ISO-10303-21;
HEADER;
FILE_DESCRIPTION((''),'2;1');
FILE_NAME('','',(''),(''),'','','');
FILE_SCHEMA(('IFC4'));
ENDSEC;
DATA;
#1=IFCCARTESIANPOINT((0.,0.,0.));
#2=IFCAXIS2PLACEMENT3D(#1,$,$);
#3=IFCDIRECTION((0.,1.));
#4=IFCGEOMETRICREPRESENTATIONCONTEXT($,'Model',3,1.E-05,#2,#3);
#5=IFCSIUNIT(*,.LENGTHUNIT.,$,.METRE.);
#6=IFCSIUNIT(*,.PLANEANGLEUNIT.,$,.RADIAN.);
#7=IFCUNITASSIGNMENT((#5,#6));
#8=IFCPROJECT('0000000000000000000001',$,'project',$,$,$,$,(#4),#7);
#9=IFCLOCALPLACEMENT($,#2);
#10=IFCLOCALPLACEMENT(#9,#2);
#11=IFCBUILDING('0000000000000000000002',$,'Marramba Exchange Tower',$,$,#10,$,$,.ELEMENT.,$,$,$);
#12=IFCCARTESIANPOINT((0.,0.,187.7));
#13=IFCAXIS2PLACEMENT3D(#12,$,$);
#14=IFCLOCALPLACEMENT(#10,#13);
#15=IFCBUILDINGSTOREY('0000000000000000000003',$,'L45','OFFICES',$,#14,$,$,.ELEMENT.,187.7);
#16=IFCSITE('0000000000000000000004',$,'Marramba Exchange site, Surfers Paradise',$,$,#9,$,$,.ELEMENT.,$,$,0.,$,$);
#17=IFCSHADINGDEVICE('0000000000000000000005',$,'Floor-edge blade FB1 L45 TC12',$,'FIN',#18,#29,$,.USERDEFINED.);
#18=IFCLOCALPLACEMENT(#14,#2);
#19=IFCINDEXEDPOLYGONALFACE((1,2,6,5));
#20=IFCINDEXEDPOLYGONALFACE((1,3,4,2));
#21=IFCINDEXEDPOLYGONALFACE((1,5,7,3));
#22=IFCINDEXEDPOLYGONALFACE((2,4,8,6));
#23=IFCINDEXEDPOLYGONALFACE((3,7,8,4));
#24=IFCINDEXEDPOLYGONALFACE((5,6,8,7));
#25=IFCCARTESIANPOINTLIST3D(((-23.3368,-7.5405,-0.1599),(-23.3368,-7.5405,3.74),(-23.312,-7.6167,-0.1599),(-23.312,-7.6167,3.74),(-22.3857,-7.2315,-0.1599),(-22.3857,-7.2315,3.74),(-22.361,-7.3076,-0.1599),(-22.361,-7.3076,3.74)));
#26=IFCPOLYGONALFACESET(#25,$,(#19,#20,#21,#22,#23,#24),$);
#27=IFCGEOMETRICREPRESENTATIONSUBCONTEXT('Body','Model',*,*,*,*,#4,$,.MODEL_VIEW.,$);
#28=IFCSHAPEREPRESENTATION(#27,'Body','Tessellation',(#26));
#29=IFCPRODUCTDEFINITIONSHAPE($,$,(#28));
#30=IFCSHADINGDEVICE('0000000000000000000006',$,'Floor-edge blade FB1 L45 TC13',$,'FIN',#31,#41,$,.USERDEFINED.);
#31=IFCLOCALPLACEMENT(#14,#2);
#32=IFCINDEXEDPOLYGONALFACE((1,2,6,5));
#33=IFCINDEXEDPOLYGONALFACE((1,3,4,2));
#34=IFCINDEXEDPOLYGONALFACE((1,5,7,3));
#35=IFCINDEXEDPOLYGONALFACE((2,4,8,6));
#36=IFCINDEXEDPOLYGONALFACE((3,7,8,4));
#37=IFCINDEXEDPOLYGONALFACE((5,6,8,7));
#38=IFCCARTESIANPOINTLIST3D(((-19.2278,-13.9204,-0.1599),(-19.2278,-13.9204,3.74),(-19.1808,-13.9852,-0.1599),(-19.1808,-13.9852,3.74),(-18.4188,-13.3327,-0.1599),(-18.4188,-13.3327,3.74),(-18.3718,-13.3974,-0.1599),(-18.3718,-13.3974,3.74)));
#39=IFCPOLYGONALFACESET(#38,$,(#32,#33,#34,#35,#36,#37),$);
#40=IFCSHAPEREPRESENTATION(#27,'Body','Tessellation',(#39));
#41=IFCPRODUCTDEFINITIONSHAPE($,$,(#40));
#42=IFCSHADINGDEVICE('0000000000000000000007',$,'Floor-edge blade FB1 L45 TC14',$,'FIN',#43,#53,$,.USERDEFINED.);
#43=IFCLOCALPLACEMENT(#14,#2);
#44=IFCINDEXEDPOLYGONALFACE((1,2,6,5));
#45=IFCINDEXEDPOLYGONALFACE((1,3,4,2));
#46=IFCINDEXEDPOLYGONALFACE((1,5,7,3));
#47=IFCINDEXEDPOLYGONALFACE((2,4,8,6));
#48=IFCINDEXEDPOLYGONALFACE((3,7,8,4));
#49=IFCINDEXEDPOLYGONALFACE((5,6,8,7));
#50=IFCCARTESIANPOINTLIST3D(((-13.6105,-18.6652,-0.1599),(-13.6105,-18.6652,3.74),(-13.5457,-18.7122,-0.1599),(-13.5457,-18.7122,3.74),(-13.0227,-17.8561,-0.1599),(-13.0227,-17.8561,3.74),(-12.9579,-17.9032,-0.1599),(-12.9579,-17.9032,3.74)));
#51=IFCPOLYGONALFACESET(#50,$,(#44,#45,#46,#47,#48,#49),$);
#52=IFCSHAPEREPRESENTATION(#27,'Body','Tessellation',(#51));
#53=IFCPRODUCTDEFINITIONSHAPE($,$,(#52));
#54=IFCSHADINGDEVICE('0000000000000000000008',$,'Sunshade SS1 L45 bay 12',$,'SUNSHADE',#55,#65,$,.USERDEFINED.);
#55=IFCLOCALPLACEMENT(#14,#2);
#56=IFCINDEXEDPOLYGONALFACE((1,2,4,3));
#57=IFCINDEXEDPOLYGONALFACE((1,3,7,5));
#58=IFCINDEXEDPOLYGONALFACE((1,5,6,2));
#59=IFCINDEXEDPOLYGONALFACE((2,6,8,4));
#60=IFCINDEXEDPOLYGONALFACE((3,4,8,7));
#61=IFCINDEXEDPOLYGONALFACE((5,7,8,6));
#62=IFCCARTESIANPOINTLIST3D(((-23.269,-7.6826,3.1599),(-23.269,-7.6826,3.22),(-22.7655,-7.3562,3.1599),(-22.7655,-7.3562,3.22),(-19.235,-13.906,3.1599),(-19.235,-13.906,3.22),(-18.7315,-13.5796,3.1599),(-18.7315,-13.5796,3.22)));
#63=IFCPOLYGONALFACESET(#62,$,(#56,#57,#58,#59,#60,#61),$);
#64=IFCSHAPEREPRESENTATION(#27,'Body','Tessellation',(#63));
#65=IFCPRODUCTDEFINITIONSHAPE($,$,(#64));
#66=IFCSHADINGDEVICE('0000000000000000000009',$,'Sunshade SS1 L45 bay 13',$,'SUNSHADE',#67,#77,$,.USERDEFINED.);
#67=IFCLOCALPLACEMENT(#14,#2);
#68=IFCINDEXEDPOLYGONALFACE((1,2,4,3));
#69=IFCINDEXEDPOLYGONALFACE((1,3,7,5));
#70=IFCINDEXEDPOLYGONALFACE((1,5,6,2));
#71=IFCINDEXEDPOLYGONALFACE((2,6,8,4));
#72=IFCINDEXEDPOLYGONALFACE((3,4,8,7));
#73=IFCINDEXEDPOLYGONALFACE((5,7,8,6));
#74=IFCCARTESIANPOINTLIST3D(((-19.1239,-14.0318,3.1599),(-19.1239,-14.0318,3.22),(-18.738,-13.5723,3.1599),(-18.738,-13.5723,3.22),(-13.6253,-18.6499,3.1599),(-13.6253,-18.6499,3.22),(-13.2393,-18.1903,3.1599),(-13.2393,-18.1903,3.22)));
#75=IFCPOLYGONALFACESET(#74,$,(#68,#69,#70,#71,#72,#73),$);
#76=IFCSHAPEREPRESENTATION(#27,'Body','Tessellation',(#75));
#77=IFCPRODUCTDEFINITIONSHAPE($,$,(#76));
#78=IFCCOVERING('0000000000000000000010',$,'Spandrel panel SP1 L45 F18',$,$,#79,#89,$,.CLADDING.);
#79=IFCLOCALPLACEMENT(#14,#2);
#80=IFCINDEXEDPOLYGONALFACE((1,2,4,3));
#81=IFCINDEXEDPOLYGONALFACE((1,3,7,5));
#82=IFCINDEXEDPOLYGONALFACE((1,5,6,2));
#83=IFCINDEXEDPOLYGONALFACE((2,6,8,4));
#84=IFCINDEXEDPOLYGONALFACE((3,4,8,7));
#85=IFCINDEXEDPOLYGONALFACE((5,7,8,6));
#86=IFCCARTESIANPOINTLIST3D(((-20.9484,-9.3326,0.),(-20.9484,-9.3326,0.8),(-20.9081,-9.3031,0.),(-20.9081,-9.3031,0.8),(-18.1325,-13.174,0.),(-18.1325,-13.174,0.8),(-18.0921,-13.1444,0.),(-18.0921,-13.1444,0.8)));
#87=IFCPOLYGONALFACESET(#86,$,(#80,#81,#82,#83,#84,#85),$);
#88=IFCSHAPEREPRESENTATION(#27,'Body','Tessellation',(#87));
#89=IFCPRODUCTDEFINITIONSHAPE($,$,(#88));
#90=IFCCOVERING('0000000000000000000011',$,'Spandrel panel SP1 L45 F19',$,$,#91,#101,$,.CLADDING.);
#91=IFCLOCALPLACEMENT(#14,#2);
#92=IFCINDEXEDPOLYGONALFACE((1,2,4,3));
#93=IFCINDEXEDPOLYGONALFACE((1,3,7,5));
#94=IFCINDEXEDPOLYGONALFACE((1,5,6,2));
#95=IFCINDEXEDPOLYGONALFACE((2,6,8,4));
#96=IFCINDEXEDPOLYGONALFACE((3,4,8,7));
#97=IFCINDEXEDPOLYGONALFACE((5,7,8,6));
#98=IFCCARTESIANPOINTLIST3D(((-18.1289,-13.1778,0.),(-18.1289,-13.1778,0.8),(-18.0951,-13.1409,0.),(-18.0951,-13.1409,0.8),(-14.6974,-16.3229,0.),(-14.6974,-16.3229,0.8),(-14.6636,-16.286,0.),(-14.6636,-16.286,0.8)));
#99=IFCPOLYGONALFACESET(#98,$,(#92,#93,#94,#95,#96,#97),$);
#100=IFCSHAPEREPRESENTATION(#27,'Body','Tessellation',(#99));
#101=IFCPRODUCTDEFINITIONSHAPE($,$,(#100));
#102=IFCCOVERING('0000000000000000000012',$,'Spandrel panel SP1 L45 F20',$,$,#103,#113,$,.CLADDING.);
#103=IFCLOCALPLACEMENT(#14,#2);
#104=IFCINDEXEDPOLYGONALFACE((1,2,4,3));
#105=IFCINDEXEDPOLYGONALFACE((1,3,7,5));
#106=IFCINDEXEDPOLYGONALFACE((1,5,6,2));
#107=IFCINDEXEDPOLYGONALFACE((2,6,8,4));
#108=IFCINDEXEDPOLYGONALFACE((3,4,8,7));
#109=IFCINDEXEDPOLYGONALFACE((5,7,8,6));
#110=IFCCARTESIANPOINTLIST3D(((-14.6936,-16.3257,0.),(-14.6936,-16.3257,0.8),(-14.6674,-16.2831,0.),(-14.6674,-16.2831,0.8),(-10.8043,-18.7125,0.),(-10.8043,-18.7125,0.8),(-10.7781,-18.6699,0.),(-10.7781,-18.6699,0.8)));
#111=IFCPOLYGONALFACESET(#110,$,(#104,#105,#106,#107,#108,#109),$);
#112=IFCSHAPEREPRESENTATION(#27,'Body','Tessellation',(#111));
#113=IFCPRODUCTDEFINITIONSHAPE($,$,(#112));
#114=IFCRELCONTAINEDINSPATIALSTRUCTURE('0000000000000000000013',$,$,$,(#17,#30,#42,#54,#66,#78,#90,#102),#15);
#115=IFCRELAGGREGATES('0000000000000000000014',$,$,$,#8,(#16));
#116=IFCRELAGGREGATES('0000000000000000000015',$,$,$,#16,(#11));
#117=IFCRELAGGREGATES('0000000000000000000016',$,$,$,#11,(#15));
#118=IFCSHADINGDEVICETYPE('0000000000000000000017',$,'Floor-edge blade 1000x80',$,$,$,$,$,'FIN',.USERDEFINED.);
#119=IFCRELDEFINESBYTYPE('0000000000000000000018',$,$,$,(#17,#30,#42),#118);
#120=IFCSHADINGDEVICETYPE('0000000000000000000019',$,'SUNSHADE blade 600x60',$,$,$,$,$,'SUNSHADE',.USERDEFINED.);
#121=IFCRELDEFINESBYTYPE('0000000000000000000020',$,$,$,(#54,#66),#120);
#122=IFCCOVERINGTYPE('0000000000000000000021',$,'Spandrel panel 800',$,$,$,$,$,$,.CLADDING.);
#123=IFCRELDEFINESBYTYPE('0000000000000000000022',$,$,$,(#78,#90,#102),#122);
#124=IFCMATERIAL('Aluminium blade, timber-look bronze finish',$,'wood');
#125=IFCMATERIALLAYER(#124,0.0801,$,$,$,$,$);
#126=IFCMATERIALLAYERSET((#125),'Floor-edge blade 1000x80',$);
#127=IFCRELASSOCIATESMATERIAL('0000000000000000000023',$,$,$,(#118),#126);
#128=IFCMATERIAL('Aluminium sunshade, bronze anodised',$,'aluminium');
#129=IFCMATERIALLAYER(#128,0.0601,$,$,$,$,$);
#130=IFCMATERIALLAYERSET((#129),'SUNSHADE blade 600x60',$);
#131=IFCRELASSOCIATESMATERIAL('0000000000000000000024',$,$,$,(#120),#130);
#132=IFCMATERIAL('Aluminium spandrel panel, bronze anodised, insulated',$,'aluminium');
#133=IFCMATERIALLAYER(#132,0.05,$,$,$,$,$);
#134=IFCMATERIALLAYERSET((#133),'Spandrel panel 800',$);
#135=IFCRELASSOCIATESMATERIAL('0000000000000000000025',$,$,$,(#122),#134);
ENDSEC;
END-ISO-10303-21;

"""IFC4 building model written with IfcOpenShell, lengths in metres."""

from ifc_helpers import new_model, si_unit, direction, frame, origin, origin_2d, place, context, subcontext, project, spatial, rectangle, extrude, material, layer, layer_set, type_object, element, save


model = new_model("IFC4")

# Units and contexts
model_context = context("Model", 3, precision=1e-05, world=origin(), true_north=direction((0.0, 1.0)))
body_context = subcontext(model_context, "Body", "Model", "MODEL_VIEW")
ifc_project = project(units=[si_unit("LENGTHUNIT", "METRE"), si_unit("PLANEANGLEUNIT", "RADIAN")], contexts=[model_context])

# Site, building, storey
site_placement = place(None, origin())
site = spatial("IfcSite", under=ifc_project, at=site_placement, Name="Marramba Exchange site, Surfers Paradise", CompositionType="ELEMENT", RefElevation=0.0)
building_placement = place(site_placement, origin())
building = spatial("IfcBuilding", under=site, at=building_placement, Name="Marramba Exchange Tower", CompositionType="ELEMENT")
storey_placement = place(building_placement, frame((0.0, 0.0, 187.7)))
storey = spatial("IfcBuildingStorey", under=building, at=storey_placement, Name="L45", Description="OFFICES", CompositionType="ELEMENT", Elevation=187.7)

# Shading devices
ifc_material_1 = material(Name="Aluminium blade, timber-look bronze finish", Category="wood")
ifc_layer_1 = layer(ifc_material_1, 0.0801)
ifc_layer_set_1 = layer_set([ifc_layer_1], Name="Floor-edge blade 1000x80")
shading_device_type_1 = type_object("IfcShadingDeviceType", Name="Floor-edge blade 1000x80", ElementType="FIN", PredefinedType="USERDEFINED", material=ifc_layer_set_1)
for number, where, z_axis, x_axis, name in (
    (1, (-22.8489, -7.4241, -0.1599), (0.0, 0.0, 1.0), (-0.951057, -0.309017, 0.0), "Floor-edge blade FB1 L45 TC12"),
    (2, (-18.7998, -13.6589, -0.1599), (0.0, 0.0, 1.0), (-0.809017, -0.587785, 0.0), "Floor-edge blade FB1 L45 TC13"),
    (3, (-13.2842, -18.2842, -0.1599), (0.0, 0.0, 1.0), (-0.587785, -0.809017, 0.0), "Floor-edge blade FB1 L45 TC14"),
):
    element("IfcShadingDevice", number, at=place(storey_placement, frame(where, z_axis=z_axis, x_axis=x_axis)), inside=storey, type_object=shading_device_type_1, Name=name, ObjectType="FIN", PredefinedType="USERDEFINED", context=body_context, shape_type="SweptSolid", body=[
        extrude(rectangle(XDim=1.0, YDim=0.0801, at=origin_2d()), origin(), (0.0, 0.0, 1.0), 3.8999),
    ])
ifc_material_2 = material(Name="Aluminium sunshade, bronze anodised", Category="aluminium")
ifc_layer_2 = layer(ifc_material_2, 0.0601)
ifc_layer_set_2 = layer_set([ifc_layer_2], Name="SUNSHADE blade 600x60")
shading_device_type_2 = type_object("IfcShadingDeviceType", Name="SUNSHADE blade 600x60", ElementType="SUNSHADE", PredefinedType="USERDEFINED", material=ifc_layer_set_2)
shading_device_1_placement = place(storey_placement, frame((-21.0002, -10.6311, 3.1599), z_axis=(0.0, 0.0, 1.0), x_axis=(0.543922, -0.839136, 0.0)))
element("IfcShadingDevice", 4, at=shading_device_1_placement, inside=storey, type_object=shading_device_type_2, Name="Sunshade SS1 L45 bay 12", ObjectType="SUNSHADE", PredefinedType="USERDEFINED", context=body_context, shape_type="SweptSolid", body=[
    extrude(rectangle(XDim=7.4165, YDim=0.6001, at=origin_2d()), origin(), (0.0, 0.0, 1.0), 0.0601),
])
shading_device_2_placement = place(storey_placement, frame((-16.1816, -16.1111, 3.1599), z_axis=(0.0, 0.0, 1.0), x_axis=(0.765762, -0.643124, 0.0)))
element("IfcShadingDevice", 5, at=shading_device_2_placement, inside=storey, type_object=shading_device_type_2, Name="Sunshade SS1 L45 bay 13", ObjectType="SUNSHADE", PredefinedType="USERDEFINED", context=body_context, shape_type="SweptSolid", body=[
    extrude(rectangle(XDim=7.1807, YDim=0.6001, at=origin_2d()), origin(), (0.0, 0.0, 1.0), 0.0601),
])

# Coverings
ifc_material_3 = material(Name="Aluminium spandrel panel, bronze anodised, insulated", Category="aluminium")
ifc_layer_3 = layer(ifc_material_3, 0.05)
ifc_layer_set_3 = layer_set([ifc_layer_3], Name="Spandrel panel 800")
covering_type = type_object("IfcCoveringType", Name="Spandrel panel 800", PredefinedType="CLADDING", material=ifc_layer_set_3)
covering_1_placement = place(storey_placement, frame((-19.5203, -11.2385, 0.0), z_axis=(0.0, 0.0, 1.0), x_axis=(0.591223, -0.806508, 0.0)))
element("IfcCovering", 6, at=covering_1_placement, inside=storey, type_object=covering_type, Name="Spandrel panel SP1 L45 F18", PredefinedType="CLADDING", context=body_context, shape_type="SweptSolid", body=[
    extrude(rectangle(XDim=4.7629, YDim=0.05, at=origin_2d()), origin(), (0.0, 0.0, 1.0), 0.8),
])
covering_2_placement = place(storey_placement, frame((-16.3962, -14.7319, 0.0), z_axis=(0.0, 0.0, 1.0), x_axis=(0.737203, -0.675671, 0.0)))
element("IfcCovering", 7, at=covering_2_placement, inside=storey, type_object=covering_type, Name="Spandrel panel SP1 L45 F19", PredefinedType="CLADDING", context=body_context, shape_type="SweptSolid", body=[
    extrude(rectangle(XDim=4.6548, YDim=0.05, at=origin_2d()), origin(), (0.0, 0.0, 1.0), 0.8),
])
covering_3_placement = place(storey_placement, frame((-12.7358, -17.4978, 0.0), z_axis=(0.0, 0.0, 1.0), x_axis=(0.852301, -0.523052, 0.0)))
element("IfcCovering", 8, at=covering_3_placement, inside=storey, type_object=covering_type, Name="Spandrel panel SP1 L45 F20", PredefinedType="CLADDING", context=body_context, shape_type="SweptSolid", body=[
    extrude(rectangle(XDim=4.5632, YDim=0.05, at=origin_2d()), origin(), (0.0, 0.0, 1.0), 0.8),
])

save(model, "model.ifc")
